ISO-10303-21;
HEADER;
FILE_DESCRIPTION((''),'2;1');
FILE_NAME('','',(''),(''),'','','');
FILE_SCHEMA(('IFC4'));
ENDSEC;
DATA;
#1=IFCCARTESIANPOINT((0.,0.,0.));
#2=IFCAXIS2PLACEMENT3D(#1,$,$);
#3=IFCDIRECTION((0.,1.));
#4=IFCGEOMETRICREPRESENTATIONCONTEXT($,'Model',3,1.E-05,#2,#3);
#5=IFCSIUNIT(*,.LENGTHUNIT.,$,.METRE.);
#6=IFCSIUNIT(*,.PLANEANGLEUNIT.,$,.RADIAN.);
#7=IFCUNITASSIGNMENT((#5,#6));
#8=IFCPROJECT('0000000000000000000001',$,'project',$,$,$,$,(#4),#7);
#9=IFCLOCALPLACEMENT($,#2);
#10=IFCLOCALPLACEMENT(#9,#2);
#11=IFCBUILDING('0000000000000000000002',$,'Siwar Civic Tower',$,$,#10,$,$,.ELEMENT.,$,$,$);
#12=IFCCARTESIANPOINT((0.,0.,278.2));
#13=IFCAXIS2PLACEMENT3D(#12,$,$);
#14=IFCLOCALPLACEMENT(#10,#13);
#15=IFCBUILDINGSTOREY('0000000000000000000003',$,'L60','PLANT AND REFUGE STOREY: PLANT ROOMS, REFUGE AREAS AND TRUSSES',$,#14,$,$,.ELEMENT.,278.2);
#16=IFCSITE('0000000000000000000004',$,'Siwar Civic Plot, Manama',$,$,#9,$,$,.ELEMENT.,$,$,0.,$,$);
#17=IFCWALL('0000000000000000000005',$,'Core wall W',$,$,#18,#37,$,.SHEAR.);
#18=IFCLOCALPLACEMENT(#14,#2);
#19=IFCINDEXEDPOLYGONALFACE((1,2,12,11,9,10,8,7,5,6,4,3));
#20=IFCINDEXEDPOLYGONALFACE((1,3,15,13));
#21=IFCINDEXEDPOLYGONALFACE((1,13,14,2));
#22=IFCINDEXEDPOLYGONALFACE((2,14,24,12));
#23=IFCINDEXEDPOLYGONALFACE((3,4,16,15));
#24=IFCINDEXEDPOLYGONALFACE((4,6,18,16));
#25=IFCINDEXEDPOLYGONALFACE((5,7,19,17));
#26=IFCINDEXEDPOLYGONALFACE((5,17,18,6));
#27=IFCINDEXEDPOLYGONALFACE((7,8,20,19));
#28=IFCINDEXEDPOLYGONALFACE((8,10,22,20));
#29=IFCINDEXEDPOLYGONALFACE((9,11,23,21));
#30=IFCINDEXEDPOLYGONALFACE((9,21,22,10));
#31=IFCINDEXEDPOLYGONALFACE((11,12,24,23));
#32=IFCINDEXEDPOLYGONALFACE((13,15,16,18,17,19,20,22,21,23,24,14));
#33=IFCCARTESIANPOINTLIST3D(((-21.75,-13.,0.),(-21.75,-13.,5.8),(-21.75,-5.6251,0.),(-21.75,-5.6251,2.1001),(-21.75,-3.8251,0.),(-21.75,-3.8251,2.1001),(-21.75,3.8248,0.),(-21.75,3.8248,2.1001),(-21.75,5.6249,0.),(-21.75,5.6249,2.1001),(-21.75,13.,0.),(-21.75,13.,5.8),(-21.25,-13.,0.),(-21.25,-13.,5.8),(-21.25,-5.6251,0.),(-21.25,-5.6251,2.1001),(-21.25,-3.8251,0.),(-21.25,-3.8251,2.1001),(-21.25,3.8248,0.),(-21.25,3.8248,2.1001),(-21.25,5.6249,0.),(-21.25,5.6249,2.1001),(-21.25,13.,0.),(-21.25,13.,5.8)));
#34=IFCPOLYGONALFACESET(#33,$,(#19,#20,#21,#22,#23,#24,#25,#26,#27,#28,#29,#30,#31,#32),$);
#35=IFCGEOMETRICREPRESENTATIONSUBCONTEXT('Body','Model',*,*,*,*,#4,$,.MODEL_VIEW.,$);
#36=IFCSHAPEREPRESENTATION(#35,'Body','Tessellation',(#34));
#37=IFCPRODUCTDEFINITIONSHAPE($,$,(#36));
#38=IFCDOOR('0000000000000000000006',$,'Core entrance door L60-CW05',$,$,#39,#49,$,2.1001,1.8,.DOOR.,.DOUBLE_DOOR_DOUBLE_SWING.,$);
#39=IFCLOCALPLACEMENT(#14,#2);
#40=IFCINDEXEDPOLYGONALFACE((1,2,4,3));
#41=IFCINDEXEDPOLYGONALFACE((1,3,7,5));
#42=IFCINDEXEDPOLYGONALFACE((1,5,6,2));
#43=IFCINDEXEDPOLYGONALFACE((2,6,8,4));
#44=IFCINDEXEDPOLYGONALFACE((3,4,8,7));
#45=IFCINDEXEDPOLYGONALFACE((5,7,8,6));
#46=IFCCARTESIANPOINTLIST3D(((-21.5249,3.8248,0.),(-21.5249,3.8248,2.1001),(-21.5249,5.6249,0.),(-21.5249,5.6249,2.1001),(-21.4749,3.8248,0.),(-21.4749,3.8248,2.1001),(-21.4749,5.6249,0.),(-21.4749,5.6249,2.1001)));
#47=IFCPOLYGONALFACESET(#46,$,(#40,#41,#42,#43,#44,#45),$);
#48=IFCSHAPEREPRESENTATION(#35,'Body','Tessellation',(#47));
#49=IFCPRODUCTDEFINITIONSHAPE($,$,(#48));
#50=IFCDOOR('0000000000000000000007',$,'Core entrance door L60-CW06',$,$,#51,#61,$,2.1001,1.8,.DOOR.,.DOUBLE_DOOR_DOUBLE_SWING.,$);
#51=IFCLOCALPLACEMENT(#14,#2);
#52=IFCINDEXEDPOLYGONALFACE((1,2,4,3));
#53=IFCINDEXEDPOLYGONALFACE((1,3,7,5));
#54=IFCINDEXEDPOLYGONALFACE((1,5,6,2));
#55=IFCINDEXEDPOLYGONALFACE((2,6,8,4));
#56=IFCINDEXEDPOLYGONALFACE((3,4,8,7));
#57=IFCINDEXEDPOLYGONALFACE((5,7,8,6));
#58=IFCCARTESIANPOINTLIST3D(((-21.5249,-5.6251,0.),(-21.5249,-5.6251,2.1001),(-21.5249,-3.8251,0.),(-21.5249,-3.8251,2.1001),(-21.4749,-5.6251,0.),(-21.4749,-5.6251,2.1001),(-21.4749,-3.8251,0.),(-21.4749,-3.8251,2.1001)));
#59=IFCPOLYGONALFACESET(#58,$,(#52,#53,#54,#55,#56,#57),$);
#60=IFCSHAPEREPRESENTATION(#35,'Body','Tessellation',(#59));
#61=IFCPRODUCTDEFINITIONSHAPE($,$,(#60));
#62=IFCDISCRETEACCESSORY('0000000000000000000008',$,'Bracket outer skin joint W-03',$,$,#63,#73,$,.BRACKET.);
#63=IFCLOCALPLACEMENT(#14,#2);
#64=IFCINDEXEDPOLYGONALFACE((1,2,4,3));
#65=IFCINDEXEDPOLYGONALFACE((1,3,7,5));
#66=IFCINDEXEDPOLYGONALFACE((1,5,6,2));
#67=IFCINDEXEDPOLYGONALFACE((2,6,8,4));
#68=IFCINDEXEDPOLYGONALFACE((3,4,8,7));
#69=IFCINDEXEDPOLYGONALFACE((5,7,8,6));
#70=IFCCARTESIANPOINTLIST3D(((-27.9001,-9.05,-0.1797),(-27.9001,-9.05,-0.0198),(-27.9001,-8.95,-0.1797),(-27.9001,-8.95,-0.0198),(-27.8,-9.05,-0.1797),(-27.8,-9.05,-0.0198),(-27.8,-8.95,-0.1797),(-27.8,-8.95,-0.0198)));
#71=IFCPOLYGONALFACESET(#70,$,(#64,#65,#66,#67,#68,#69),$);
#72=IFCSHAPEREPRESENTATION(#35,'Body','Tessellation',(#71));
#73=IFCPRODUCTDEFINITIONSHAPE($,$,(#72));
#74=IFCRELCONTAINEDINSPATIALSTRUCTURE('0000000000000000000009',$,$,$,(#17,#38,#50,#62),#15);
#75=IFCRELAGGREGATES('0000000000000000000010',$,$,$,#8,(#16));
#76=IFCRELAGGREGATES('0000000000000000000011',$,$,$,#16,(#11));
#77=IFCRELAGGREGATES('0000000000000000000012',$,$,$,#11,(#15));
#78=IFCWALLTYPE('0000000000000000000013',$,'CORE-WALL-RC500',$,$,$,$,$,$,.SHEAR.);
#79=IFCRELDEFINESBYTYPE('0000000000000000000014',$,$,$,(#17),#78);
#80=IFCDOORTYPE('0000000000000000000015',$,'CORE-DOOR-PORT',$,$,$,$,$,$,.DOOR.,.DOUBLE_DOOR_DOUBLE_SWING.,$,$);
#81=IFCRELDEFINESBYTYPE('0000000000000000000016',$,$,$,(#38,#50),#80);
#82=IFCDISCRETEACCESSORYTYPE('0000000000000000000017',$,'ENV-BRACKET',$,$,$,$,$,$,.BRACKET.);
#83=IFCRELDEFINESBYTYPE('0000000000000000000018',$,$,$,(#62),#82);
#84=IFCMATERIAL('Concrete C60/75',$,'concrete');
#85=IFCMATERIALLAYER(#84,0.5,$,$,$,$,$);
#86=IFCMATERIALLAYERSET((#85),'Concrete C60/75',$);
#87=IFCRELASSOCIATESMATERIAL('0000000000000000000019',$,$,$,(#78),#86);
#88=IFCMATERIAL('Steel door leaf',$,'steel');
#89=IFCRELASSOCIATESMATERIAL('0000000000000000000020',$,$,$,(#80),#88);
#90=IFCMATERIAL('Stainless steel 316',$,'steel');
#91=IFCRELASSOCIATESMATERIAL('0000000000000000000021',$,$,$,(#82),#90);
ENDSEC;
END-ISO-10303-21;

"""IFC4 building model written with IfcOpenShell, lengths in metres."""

from ifc_helpers import new_model, si_unit, direction, frame, frame_2d, origin, origin_2d, place, context, subcontext, project, spatial, rectangle, extrude, material, layer, layer_set, type_object, element, fill, save


model = new_model("IFC4")

# Units and contexts
model_context = context("Model", 3, precision=1e-05, world=origin(), true_north=direction((0.0, 1.0)))
body_context = subcontext(model_context, "Body", "Model", "MODEL_VIEW")
ifc_project = project(units=[si_unit("LENGTHUNIT", "METRE"), si_unit("PLANEANGLEUNIT", "RADIAN")], contexts=[model_context])

# Site, building, storey
site_placement = place(None, origin())
site = spatial("IfcSite", under=ifc_project, at=site_placement, Name="Siwar Civic Plot, Manama", CompositionType="ELEMENT", RefElevation=0.0)
building_placement = place(site_placement, origin())
building = spatial("IfcBuilding", under=site, at=building_placement, Name="Siwar Civic Tower", CompositionType="ELEMENT")
storey_placement = place(building_placement, frame((0.0, 0.0, 278.2)))
storey = spatial("IfcBuildingStorey", under=building, at=storey_placement, Name="L60", Description="PLANT AND REFUGE STOREY: PLANT ROOMS, REFUGE AREAS AND TRUSSES", CompositionType="ELEMENT", Elevation=278.2)

# Wall, openings, doors
ifc_material_1 = material(Name="Concrete C60/75", Category="concrete")
ifc_layer_1 = layer(ifc_material_1, 0.5)
ifc_layer_set_1 = layer_set([ifc_layer_1], Name="Concrete C60/75")
wall_type_1 = type_object("IfcWallType", Name="CORE-WALL-RC500", PredefinedType="SHEAR", material=ifc_layer_set_1)
wall_1_placement = place(storey_placement, frame((-21.5, -13.0, 0.0), z_axis=(0.0, 0.0, 1.0), x_axis=(0.0, 1.0, 0.0)))
wall_1 = element("IfcWall", 1, at=wall_1_placement, inside=storey, type_object=wall_type_1, Name="Core wall W", PredefinedType="SHEAR", context=body_context, shape_type="SweptSolid", body=[
    extrude(rectangle(XDim=26.0, YDim=0.5, at=frame_2d((13.0, 0.0))), origin(), (0.0, 0.0, 1.0), 5.8),
])
opening_1_placement = place(wall_1_placement, frame((16.825, 0.0, 0.0)))
opening_1 = element("IfcOpeningElement", 2, at=opening_1_placement, cuts=wall_1, PredefinedType="OPENING", context=body_context, shape_type="SweptSolid", body=[
    extrude(rectangle(XDim=1.8, YDim=2.1001, at=frame_2d((0.8999, 1.05))), frame((0.0, 0.26, 0.0), z_axis=(0.0, -1.0, 0.0), x_axis=(1.0, 0.0, 0.0)), (0.0, 0.0, 1.0), 0.52),
])
opening_2_placement = place(wall_1_placement, frame((7.375, 0.0, 0.0)))
opening_2 = element("IfcOpeningElement", 3, at=opening_2_placement, cuts=wall_1, PredefinedType="OPENING", context=body_context, shape_type="SweptSolid", body=[
    extrude(rectangle(XDim=1.8, YDim=2.1001, at=frame_2d((0.8999, 1.05))), frame((0.0, 0.26, 0.0), z_axis=(0.0, -1.0, 0.0), x_axis=(1.0, 0.0, 0.0)), (0.0, 0.0, 1.0), 0.52),
])
ifc_material_2 = material(Name="Steel door leaf", Category="steel")
door_type = type_object("IfcDoorType", Name="CORE-DOOR-PORT", OperationType="DOUBLE_DOOR_DOUBLE_SWING", PredefinedType="DOOR", material=ifc_material_2)
door_1_placement = place(opening_1_placement, origin())
door_1 = element("IfcDoor", 4, at=door_1_placement, inside=storey, type_object=door_type, Name="Core entrance door L60-CW05", OperationType="DOUBLE_DOOR_DOUBLE_SWING", OverallHeight=2.1001, OverallWidth=1.8, PredefinedType="DOOR", context=body_context, shape_type="SweptSolid", body=[
    extrude(rectangle(XDim=1.8, YDim=2.1001, at=frame_2d((0.8999, 1.05))), frame((0.0, 0.0249, 0.0), z_axis=(0.0, -1.0, 0.0), x_axis=(1.0, 0.0, 0.0)), (0.0, 0.0, 1.0), 0.05),
])
fill(opening_1, door_1)
door_2_placement = place(opening_2_placement, origin())
door_2 = element("IfcDoor", 5, at=door_2_placement, inside=storey, type_object=door_type, Name="Core entrance door L60-CW06", OperationType="DOUBLE_DOOR_DOUBLE_SWING", OverallHeight=2.1001, OverallWidth=1.8, PredefinedType="DOOR", context=body_context, shape_type="SweptSolid", body=[
    extrude(rectangle(XDim=1.8, YDim=2.1001, at=frame_2d((0.8999, 1.05))), frame((0.0, 0.0249, 0.0), z_axis=(0.0, -1.0, 0.0), x_axis=(1.0, 0.0, 0.0)), (0.0, 0.0, 1.0), 0.05),
])
fill(opening_2, door_2)

# Discrete accessory
ifc_material_3 = material(Name="Stainless steel 316", Category="steel")
discrete_accessory_type = type_object("IfcDiscreteAccessoryType", Name="ENV-BRACKET", PredefinedType="BRACKET", material=ifc_material_3)
discrete_accessory_placement = place(storey_placement, frame((-27.8501, -9.0, -0.1797), z_axis=(0.0, 0.0, 1.0), x_axis=(-1.0, 0.0, 0.0)))
element("IfcDiscreteAccessory", 6, at=discrete_accessory_placement, inside=storey, type_object=discrete_accessory_type, Name="Bracket outer skin joint W-03", PredefinedType="BRACKET", context=body_context, shape_type="SweptSolid", body=[
    extrude(rectangle(XDim=0.1001, YDim=0.1001, at=origin_2d()), origin(), (0.0, 0.0, 1.0), 0.1599),
])

save(model, "model.ifc")
